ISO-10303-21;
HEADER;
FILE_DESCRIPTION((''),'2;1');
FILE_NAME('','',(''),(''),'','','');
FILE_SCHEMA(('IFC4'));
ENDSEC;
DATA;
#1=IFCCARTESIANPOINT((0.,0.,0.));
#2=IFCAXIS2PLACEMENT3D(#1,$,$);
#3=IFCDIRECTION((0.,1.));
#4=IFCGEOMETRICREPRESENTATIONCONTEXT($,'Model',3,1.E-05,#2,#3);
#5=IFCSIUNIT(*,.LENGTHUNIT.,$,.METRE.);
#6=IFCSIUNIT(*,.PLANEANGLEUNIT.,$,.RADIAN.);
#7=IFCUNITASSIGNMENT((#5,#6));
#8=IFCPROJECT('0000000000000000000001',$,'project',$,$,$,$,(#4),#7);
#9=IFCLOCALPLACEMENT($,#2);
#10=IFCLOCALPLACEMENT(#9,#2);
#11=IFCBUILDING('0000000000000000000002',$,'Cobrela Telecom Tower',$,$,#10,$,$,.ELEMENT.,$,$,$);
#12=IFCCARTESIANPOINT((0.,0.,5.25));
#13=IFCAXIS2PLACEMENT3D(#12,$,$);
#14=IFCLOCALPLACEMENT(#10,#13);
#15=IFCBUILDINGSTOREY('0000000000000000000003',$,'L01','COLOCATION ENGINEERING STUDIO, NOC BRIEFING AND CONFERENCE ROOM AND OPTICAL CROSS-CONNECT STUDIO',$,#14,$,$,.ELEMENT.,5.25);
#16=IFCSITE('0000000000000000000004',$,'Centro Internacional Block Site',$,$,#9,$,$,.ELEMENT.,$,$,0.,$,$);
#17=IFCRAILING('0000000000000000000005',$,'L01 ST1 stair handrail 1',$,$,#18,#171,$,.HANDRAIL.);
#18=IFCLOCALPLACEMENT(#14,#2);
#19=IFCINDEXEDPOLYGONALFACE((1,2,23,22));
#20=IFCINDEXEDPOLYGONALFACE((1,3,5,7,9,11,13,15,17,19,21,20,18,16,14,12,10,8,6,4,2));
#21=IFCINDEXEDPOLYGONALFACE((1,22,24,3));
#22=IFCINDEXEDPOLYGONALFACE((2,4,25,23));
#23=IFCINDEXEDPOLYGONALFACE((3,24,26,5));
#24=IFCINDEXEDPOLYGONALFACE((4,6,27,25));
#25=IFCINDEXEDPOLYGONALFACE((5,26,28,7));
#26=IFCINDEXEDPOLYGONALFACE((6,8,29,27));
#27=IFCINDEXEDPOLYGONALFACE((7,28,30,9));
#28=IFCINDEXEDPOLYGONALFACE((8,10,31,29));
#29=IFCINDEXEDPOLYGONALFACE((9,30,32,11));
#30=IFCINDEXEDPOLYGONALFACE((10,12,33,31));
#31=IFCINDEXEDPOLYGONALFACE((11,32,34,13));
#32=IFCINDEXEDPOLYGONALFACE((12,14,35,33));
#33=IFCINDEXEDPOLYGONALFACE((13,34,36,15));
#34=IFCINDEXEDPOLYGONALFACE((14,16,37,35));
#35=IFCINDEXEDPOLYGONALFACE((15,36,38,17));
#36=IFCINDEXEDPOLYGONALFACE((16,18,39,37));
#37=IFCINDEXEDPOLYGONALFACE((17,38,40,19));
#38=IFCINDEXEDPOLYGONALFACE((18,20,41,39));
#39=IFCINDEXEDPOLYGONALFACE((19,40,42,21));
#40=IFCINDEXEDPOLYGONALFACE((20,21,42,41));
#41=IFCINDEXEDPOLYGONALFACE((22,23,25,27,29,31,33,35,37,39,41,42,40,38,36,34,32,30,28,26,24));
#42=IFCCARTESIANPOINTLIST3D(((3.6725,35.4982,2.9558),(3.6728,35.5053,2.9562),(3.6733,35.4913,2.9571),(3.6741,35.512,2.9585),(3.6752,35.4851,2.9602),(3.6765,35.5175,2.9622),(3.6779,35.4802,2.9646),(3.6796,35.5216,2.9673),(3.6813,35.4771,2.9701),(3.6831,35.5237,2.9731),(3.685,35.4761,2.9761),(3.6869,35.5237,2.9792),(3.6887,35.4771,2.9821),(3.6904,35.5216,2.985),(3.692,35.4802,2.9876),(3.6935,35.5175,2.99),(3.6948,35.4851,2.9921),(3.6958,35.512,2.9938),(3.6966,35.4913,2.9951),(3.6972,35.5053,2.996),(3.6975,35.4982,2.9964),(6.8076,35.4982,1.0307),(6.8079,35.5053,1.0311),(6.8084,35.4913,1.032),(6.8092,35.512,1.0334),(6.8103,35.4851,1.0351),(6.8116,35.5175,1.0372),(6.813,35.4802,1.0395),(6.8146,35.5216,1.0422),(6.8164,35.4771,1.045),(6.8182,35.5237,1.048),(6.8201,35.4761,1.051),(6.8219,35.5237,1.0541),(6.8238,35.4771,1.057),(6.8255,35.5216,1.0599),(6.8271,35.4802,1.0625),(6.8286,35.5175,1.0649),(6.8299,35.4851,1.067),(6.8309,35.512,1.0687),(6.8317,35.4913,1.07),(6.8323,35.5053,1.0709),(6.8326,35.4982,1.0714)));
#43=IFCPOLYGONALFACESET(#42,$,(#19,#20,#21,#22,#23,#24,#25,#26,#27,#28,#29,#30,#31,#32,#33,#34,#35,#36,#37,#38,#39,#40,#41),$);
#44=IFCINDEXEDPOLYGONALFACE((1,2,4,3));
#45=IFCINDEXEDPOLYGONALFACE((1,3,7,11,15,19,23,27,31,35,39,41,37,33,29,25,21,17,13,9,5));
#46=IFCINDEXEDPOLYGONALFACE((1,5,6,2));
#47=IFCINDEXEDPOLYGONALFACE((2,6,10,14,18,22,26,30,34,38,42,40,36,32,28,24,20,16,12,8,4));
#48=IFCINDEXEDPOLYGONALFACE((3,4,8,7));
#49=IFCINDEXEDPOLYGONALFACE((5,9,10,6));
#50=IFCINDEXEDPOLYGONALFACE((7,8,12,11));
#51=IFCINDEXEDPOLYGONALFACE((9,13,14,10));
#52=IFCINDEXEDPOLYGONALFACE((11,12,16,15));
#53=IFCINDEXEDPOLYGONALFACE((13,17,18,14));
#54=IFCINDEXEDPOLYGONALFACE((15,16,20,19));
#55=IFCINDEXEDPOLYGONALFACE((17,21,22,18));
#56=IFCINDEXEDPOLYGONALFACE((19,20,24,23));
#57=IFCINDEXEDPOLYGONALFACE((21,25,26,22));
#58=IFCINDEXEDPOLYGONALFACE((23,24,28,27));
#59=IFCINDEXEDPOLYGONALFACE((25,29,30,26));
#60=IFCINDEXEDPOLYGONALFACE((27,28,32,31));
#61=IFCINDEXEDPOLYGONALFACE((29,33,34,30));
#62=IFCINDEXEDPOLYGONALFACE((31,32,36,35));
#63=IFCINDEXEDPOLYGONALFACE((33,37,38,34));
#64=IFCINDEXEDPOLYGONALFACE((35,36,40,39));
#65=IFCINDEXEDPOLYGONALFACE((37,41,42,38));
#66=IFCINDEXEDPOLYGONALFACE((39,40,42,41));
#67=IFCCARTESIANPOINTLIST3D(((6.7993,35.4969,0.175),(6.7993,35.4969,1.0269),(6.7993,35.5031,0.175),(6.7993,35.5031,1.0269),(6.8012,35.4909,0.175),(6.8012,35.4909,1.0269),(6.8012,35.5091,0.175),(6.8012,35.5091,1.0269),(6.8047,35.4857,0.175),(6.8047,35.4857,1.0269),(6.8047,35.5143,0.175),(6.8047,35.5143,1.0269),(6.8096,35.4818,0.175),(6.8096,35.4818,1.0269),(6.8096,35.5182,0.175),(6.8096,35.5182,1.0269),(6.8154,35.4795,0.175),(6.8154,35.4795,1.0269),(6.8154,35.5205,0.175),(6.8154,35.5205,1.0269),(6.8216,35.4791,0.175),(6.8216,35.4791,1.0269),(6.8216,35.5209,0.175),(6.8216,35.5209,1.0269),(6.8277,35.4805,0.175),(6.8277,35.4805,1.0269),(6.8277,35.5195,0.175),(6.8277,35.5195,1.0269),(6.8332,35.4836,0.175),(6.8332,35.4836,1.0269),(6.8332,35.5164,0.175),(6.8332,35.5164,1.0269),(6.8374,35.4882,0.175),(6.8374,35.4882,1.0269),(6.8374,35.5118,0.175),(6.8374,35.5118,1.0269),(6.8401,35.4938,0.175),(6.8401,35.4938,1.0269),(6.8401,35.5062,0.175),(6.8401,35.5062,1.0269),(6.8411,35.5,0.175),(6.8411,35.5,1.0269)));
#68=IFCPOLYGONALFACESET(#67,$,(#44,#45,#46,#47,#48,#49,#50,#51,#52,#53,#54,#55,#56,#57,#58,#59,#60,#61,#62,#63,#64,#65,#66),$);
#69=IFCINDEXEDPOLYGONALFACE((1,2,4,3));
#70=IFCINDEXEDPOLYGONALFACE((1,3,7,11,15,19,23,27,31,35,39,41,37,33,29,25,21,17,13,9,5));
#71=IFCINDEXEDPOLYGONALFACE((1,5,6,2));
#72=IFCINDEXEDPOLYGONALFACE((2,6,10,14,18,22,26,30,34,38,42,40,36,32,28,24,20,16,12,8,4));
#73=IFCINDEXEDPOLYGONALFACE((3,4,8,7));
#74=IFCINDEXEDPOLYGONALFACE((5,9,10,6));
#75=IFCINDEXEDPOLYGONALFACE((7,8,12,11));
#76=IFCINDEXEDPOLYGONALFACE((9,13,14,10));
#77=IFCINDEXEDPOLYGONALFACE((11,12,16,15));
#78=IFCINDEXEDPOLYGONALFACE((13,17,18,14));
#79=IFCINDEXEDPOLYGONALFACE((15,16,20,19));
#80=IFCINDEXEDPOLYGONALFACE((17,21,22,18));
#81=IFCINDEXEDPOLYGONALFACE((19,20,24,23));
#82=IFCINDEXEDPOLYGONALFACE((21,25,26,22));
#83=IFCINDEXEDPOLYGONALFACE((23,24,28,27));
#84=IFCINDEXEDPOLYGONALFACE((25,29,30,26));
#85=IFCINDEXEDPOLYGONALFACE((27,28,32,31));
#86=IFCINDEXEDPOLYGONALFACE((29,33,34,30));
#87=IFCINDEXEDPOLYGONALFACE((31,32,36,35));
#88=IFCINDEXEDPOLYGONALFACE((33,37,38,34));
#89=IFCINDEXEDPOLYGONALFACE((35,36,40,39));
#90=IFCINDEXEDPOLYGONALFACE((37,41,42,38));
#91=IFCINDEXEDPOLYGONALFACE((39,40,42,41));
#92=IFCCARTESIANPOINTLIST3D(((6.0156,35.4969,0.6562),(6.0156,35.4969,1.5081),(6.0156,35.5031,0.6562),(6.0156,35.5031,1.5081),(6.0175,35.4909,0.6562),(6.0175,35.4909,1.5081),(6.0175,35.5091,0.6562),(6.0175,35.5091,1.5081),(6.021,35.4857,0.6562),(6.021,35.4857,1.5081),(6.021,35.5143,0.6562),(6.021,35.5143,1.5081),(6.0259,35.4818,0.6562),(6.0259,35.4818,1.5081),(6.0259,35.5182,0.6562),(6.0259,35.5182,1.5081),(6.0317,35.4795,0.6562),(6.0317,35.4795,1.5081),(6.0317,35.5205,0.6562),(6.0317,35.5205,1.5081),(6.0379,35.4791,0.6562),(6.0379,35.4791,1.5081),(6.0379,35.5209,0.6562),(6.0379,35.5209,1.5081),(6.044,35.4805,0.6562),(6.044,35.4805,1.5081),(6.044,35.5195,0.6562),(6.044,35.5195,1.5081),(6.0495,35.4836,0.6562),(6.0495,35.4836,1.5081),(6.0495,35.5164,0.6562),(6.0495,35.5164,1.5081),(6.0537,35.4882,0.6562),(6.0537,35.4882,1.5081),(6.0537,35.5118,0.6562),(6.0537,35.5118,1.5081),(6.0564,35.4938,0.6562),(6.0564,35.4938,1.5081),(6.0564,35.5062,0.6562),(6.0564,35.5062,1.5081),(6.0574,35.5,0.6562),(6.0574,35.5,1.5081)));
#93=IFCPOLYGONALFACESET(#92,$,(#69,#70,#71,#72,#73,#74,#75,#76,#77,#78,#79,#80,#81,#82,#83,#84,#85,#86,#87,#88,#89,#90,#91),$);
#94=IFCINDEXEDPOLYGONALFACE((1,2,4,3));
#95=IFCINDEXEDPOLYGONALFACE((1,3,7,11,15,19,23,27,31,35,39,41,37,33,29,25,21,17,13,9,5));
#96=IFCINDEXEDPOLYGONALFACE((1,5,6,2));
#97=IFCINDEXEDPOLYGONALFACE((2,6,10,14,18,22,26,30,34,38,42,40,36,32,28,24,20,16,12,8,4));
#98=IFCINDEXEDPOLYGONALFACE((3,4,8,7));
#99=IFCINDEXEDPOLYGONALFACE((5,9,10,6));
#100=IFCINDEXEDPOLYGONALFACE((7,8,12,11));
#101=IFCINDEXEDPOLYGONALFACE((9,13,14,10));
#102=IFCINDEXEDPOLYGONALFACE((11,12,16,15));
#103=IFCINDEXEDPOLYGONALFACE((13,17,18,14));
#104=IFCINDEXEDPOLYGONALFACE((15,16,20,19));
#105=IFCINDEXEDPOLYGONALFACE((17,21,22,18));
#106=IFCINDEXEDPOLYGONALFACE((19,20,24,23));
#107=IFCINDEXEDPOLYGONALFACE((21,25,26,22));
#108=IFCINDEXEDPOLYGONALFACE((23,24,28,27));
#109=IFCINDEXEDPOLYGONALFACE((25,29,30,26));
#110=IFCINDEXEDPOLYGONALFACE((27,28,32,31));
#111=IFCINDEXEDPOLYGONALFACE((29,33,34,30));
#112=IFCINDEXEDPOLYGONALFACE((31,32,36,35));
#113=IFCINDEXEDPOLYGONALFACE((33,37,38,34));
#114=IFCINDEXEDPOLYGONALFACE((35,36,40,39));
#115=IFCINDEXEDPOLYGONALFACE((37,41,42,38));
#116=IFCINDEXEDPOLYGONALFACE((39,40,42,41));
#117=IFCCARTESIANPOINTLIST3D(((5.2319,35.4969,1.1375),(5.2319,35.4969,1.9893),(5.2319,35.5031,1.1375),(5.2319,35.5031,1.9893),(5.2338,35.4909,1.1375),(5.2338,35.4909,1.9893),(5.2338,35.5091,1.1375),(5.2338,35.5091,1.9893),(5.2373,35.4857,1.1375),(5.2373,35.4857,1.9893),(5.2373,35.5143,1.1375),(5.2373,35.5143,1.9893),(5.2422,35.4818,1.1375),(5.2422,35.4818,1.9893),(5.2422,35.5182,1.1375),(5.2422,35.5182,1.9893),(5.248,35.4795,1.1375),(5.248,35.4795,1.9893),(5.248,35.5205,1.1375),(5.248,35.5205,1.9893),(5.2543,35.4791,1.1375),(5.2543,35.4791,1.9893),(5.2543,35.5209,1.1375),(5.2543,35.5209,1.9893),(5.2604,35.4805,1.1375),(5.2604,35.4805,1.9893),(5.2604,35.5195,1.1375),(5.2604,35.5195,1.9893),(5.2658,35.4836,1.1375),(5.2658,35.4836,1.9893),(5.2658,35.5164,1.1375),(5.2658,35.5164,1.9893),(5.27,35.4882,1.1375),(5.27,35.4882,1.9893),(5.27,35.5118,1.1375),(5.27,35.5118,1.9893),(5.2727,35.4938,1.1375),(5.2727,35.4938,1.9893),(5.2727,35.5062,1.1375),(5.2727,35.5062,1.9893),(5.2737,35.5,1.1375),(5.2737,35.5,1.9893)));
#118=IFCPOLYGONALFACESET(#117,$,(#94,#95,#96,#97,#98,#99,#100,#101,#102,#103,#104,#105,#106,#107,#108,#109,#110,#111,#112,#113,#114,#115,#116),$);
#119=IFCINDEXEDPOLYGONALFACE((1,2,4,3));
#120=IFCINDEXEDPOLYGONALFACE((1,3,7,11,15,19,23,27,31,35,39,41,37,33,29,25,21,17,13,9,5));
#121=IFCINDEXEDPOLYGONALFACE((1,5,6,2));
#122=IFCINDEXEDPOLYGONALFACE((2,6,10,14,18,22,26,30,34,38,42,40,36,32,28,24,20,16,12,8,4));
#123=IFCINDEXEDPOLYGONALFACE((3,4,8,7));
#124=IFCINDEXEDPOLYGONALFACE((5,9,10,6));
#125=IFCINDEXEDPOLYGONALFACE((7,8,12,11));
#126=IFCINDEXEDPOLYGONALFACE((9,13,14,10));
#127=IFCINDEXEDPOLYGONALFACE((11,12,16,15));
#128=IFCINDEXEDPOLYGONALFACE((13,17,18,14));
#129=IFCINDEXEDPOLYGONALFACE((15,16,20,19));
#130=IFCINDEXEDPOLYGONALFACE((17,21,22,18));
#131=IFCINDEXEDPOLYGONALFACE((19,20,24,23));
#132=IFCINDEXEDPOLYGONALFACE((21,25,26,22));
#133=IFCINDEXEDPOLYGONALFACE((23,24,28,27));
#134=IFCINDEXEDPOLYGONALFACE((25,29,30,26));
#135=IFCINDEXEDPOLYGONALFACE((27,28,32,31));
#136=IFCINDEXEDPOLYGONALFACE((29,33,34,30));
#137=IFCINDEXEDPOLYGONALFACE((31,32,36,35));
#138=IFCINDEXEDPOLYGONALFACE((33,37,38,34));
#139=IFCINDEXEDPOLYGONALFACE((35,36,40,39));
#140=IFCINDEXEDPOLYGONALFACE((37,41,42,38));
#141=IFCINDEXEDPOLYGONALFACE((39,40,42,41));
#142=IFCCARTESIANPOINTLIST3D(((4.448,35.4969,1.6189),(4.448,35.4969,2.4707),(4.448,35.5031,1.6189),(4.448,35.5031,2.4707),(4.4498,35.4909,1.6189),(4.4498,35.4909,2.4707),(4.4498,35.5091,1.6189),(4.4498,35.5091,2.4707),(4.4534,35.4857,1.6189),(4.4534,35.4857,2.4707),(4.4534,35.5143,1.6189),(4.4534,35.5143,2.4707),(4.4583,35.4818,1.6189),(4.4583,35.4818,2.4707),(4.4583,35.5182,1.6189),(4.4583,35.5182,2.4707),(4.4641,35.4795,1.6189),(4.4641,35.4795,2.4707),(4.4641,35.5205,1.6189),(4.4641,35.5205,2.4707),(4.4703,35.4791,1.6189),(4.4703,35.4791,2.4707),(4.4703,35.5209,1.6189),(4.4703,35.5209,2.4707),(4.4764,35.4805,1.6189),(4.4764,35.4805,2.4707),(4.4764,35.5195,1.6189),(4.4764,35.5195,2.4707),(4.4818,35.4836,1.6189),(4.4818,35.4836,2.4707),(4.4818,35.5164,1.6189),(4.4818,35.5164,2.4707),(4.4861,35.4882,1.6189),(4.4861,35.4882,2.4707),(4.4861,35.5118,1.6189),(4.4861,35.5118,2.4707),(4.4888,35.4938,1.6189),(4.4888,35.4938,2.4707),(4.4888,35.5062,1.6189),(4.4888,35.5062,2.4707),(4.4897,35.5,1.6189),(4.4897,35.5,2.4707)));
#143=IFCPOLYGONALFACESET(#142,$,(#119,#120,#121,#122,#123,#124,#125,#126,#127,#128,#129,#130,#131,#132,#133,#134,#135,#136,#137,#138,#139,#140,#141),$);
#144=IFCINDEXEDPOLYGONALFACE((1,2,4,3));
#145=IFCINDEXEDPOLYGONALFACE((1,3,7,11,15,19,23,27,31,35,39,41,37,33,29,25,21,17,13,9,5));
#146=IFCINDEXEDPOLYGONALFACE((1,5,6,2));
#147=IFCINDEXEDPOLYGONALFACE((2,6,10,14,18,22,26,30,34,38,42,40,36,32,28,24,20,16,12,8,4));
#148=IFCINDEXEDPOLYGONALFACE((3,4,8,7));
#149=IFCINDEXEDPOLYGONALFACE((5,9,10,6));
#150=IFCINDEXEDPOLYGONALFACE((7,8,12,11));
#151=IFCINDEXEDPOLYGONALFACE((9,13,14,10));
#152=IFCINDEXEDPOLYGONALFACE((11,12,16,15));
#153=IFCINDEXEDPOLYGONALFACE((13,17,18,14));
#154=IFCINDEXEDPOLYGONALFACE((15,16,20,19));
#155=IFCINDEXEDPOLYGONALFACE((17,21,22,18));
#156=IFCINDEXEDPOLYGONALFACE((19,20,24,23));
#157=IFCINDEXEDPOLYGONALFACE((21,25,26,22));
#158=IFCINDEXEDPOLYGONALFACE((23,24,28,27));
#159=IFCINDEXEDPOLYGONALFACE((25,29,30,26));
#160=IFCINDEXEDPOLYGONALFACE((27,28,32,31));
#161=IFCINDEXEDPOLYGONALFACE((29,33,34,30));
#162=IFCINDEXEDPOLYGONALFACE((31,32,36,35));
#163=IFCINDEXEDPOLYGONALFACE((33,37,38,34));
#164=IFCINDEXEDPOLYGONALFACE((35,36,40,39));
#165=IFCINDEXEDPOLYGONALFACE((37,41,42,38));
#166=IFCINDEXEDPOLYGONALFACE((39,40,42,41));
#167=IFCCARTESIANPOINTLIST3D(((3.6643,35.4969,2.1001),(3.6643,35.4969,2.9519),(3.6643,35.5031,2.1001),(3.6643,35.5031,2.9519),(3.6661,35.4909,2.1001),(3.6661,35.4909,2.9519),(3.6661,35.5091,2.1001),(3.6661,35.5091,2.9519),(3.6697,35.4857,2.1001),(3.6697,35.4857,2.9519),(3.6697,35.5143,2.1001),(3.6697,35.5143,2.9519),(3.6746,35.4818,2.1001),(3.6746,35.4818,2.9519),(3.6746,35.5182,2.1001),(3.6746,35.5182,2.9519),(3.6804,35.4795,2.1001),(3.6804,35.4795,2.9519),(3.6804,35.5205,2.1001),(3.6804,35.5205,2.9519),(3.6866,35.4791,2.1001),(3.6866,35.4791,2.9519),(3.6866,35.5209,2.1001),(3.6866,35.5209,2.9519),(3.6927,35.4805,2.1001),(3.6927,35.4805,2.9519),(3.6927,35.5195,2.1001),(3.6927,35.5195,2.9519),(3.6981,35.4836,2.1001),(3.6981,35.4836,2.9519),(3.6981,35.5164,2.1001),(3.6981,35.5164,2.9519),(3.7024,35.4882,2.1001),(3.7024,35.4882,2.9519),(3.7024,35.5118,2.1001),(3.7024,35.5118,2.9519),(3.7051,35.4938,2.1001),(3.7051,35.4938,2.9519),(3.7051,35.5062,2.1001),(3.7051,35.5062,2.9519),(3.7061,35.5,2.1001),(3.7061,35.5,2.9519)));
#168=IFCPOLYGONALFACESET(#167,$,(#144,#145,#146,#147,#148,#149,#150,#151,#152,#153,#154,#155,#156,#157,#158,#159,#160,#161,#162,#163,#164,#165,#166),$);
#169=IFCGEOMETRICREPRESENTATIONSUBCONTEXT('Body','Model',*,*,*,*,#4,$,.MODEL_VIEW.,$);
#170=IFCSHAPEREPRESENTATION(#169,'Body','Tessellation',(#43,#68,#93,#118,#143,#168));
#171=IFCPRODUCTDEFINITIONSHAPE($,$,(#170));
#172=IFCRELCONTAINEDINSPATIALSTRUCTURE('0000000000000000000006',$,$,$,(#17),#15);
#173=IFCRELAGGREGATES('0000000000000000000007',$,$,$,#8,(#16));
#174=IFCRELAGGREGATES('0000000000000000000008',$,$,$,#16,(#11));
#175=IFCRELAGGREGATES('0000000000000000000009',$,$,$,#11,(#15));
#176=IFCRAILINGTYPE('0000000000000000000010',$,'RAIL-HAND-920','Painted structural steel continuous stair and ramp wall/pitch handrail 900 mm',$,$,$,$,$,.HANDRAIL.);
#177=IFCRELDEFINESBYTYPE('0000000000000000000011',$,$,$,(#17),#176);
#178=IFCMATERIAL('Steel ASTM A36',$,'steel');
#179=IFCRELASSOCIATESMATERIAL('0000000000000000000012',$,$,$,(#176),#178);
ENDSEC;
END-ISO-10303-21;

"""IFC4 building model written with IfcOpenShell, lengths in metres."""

from ifc_helpers import new_model, si_unit, direction, frame, origin, origin_2d, place, context, subcontext, project, spatial, circle, extrude, material, type_object, element, save


model = new_model("IFC4")

# Units and contexts
model_context = context("Model", 3, precision=1e-05, world=origin(), true_north=direction((0.0, 1.0)))
body_context = subcontext(model_context, "Body", "Model", "MODEL_VIEW")
ifc_project = project(units=[si_unit("LENGTHUNIT", "METRE"), si_unit("PLANEANGLEUNIT", "RADIAN")], contexts=[model_context])

# Site, building, storey
site_placement = place(None, origin())
site = spatial("IfcSite", under=ifc_project, at=site_placement, Name="Centro Internacional Block Site", CompositionType="ELEMENT", RefElevation=0.0)
building_placement = place(site_placement, origin())
building = spatial("IfcBuilding", under=site, at=building_placement, Name="Cobrela Telecom Tower", CompositionType="ELEMENT")
storey_placement = place(building_placement, frame((0.0, 0.0, 5.25)))
storey = spatial("IfcBuildingStorey", under=building, at=storey_placement, Name="L01", Description="COLOCATION ENGINEERING STUDIO, NOC BRIEFING AND CONFERENCE ROOM AND OPTICAL CROSS-CONNECT STUDIO", CompositionType="ELEMENT", Elevation=5.25)

# Shared definitions
ifc_material_1 = material(Name="Steel ASTM A36", Category="steel")

# Railing
railing_type_1 = type_object("IfcRailingType", Name="RAIL-HAND-920", Description="Painted structural steel continuous stair and ramp wall/pitch handrail 900 mm", PredefinedType="HANDRAIL", material=ifc_material_1)
railing_1_placement = place(storey_placement, frame((6.8201, 35.5, 0.175)))
element("IfcRailing", 1, at=railing_1_placement, inside=storey, type_object=railing_type_1, Name="L01 ST1 stair handrail 1", PredefinedType="HANDRAIL", context=body_context, shape_type="SweptSolid", body=[
    extrude(circle(Radius=0.0239, at=origin_2d()), frame((0.0, 0.0, 0.876), z_axis=(-0.852166, 0.0, 0.523271), x_axis=(0.0, -1.0, 0.0)), (0.0, 0.0, 1.0), 3.679),
    extrude(circle(Radius=0.021, at=origin_2d()), origin(), (0.0, 0.0, 1.0), 0.8518),
    extrude(circle(Radius=0.021, at=origin_2d()), frame((-0.7837, 0.0, 0.4812)), (0.0, 0.0, 1.0), 0.8518),
    extrude(circle(Radius=0.021, at=origin_2d()), frame((-1.5674, 0.0, 0.9624)), (0.0, 0.0, 1.0), 0.8518),
    extrude(circle(Radius=0.021, at=origin_2d()), frame((-2.3513, 0.0, 1.4438)), (0.0, 0.0, 1.0), 0.8518),
    extrude(circle(Radius=0.021, at=origin_2d()), frame((-3.135, 0.0, 1.925)), (0.0, 0.0, 1.0), 0.8518),
])

save(model, "model.ifc")
